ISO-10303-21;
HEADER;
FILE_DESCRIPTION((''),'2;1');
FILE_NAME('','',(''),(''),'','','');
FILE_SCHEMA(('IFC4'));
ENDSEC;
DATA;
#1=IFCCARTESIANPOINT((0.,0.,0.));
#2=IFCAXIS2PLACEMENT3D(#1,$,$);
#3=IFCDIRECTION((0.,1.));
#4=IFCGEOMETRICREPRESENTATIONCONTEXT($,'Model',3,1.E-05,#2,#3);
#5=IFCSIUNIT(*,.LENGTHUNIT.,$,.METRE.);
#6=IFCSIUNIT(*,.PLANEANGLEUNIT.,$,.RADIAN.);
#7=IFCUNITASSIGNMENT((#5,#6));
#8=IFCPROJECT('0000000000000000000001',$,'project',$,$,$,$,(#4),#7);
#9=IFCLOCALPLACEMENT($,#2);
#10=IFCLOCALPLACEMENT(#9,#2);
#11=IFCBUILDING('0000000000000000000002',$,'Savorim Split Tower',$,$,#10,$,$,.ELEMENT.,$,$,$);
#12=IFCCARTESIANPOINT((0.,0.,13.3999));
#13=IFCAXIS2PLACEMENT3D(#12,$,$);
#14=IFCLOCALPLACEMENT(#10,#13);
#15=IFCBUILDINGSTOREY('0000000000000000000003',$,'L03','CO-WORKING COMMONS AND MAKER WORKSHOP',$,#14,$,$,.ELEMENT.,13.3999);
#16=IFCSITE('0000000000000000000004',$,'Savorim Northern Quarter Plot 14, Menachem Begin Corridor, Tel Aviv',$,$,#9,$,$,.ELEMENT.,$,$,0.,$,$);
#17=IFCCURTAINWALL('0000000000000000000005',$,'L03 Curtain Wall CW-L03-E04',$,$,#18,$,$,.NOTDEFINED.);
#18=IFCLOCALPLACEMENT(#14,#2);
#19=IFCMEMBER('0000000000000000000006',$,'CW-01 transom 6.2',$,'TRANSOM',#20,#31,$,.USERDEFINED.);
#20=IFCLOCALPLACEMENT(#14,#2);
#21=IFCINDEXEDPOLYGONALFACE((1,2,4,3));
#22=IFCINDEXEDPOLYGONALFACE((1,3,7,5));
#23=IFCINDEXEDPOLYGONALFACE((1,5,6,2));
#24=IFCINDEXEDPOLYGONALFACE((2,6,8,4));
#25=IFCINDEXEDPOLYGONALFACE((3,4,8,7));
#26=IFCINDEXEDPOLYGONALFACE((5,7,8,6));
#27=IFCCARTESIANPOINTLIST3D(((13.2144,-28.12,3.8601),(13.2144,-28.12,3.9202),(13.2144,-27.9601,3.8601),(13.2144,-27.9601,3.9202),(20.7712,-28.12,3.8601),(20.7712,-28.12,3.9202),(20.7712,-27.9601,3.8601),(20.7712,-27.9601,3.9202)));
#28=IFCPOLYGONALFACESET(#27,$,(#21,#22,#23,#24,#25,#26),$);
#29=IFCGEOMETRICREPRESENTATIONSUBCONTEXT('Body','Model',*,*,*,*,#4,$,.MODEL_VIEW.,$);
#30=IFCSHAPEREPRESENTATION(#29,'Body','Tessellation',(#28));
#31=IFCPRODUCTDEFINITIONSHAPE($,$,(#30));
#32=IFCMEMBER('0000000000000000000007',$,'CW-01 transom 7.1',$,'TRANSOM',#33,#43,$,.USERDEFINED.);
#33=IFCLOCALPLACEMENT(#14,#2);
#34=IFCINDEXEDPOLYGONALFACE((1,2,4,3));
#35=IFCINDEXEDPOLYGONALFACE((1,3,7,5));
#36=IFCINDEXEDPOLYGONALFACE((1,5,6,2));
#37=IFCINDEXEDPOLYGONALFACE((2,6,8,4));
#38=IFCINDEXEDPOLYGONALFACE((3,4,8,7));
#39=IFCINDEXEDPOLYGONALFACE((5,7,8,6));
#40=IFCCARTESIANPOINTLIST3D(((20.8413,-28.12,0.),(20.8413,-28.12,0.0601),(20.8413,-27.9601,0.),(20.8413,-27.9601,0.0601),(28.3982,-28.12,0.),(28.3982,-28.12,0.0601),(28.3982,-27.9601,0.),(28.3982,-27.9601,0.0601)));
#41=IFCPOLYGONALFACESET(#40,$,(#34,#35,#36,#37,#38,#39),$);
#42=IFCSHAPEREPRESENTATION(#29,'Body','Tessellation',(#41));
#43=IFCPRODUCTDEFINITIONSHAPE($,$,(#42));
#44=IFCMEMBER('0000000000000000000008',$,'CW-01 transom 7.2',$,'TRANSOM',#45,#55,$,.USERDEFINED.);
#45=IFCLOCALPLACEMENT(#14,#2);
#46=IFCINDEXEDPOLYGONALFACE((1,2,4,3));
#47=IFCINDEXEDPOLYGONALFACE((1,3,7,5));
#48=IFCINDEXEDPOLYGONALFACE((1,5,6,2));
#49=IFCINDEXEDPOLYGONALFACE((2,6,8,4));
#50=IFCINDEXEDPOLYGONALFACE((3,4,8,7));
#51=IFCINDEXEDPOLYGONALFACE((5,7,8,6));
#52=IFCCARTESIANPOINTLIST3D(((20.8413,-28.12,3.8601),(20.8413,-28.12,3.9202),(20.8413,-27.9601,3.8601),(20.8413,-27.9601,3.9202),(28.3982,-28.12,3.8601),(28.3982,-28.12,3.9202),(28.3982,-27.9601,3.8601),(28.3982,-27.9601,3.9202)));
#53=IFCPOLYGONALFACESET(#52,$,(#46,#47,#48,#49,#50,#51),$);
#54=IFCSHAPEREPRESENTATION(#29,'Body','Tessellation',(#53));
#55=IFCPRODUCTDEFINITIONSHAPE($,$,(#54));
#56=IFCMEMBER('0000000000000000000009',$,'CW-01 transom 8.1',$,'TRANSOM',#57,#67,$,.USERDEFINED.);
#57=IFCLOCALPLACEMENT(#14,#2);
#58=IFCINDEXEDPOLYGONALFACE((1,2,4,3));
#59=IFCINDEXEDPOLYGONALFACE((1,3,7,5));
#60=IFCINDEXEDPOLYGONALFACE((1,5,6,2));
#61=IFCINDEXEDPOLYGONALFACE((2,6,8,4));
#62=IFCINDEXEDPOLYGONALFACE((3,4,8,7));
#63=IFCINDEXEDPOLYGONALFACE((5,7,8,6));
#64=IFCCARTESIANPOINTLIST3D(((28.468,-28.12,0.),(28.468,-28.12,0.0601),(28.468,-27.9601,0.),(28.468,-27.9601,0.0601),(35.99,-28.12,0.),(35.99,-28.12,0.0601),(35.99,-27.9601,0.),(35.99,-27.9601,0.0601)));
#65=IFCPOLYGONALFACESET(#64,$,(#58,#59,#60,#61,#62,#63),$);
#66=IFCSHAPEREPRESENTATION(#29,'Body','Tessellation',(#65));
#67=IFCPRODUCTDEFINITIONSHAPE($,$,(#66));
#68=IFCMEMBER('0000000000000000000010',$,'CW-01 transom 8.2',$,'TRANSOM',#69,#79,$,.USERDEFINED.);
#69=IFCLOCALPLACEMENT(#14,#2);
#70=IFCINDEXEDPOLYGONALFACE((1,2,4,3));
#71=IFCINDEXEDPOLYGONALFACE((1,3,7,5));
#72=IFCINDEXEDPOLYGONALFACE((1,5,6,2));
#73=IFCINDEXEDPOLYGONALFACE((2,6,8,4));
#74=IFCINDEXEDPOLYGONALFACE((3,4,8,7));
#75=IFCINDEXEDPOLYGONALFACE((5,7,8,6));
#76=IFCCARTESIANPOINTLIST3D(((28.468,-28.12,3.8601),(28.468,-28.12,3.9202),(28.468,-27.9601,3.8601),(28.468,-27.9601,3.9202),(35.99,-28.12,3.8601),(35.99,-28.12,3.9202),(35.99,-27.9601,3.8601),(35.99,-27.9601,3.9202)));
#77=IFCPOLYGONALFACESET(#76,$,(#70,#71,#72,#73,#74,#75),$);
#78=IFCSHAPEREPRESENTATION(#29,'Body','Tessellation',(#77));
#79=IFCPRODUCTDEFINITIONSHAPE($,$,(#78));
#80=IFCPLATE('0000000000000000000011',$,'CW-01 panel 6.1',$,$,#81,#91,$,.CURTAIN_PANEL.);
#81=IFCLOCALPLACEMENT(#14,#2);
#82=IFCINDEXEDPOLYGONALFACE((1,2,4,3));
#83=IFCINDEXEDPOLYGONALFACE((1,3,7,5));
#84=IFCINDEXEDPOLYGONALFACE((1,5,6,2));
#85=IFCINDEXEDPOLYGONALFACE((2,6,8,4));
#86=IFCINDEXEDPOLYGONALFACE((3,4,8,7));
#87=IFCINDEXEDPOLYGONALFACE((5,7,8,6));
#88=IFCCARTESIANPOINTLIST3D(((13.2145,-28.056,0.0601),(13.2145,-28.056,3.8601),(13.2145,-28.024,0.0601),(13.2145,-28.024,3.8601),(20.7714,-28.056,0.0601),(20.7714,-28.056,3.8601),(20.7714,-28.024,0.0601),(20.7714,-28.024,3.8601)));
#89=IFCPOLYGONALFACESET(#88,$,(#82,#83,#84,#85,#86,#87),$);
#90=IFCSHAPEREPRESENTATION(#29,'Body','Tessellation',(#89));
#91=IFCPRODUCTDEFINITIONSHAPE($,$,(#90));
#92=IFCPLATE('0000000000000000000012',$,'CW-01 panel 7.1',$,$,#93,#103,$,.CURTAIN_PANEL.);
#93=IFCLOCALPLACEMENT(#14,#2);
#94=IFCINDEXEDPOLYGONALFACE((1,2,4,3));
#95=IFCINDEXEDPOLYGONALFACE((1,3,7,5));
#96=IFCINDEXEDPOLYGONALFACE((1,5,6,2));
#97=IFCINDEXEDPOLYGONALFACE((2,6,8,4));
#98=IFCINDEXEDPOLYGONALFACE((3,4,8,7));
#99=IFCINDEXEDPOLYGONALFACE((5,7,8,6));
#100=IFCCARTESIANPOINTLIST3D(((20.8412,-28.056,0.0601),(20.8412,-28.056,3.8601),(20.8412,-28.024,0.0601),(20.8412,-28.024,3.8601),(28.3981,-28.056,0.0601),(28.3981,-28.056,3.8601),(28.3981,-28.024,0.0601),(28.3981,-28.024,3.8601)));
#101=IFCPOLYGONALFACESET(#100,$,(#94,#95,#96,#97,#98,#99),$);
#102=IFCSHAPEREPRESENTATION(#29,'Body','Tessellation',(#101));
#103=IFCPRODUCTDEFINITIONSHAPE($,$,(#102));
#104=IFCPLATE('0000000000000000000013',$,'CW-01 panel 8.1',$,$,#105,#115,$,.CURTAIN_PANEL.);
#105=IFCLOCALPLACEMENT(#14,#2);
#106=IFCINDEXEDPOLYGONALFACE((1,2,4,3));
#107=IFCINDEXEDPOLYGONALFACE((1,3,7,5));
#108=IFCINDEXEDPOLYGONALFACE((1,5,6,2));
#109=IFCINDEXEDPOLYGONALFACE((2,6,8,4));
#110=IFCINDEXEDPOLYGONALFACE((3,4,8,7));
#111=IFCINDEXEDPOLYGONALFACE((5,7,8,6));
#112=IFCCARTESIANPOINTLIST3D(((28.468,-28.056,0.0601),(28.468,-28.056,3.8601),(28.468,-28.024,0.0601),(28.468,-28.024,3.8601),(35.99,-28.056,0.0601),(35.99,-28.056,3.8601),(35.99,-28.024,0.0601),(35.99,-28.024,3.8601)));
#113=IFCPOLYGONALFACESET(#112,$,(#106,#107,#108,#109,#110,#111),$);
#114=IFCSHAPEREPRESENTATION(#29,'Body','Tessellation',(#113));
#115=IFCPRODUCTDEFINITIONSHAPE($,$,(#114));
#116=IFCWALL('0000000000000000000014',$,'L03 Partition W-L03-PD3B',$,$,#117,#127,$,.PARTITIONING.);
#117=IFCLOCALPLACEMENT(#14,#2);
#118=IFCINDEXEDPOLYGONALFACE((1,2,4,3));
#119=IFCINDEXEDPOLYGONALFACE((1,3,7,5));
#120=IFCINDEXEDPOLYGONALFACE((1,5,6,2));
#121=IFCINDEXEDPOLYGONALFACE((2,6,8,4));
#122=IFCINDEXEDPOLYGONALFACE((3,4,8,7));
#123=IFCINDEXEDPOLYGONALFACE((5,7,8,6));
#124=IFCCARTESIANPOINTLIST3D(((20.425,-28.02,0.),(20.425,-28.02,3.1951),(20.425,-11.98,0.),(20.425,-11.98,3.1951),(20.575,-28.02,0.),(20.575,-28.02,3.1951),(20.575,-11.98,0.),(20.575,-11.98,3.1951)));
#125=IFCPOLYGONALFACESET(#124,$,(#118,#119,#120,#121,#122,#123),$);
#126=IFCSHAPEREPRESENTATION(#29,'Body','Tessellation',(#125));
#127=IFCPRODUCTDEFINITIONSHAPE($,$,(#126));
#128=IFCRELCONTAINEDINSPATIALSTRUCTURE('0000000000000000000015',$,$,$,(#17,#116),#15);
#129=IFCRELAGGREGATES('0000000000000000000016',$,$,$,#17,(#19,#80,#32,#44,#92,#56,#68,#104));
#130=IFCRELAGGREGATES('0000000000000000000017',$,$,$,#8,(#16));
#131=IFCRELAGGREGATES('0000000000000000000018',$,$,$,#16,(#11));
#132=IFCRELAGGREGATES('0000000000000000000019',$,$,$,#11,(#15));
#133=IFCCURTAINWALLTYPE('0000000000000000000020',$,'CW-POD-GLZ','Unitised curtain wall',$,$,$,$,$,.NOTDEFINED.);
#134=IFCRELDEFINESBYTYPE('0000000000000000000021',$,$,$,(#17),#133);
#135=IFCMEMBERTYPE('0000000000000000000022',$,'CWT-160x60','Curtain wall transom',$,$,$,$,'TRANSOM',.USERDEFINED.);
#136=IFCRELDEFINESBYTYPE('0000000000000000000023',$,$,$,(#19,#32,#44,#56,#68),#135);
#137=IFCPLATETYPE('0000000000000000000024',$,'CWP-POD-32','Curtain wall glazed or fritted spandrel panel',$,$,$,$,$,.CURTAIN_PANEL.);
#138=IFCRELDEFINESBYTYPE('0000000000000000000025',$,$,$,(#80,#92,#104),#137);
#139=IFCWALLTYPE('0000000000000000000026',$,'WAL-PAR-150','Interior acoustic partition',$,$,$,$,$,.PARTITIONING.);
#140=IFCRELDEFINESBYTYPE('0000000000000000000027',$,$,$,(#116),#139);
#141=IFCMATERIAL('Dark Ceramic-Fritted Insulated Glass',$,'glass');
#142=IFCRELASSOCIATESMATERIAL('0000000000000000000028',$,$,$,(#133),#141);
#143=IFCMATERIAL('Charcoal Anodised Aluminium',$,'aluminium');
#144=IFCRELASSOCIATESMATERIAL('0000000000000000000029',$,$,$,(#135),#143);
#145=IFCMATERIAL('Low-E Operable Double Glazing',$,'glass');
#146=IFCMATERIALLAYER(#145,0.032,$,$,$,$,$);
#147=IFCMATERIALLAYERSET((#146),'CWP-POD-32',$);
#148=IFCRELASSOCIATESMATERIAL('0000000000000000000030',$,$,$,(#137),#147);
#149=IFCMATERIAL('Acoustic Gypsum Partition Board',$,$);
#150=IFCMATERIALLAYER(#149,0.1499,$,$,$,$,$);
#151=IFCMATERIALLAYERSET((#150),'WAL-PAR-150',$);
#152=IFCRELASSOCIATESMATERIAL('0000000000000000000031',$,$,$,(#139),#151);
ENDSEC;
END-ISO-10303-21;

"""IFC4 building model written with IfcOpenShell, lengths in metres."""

from ifc_helpers import new_model, si_unit, direction, frame, frame_2d, origin, origin_2d, place, context, subcontext, project, spatial, rectangle, extrude, material, layer, layer_set, material_profile, profile_set, type_object, element, aggregate, save


model = new_model("IFC4")

# Units and contexts
model_context = context("Model", 3, precision=1e-05, world=origin(), true_north=direction((0.0, 1.0)))
body_context = subcontext(model_context, "Body", "Model", "MODEL_VIEW")
ifc_project = project(units=[si_unit("LENGTHUNIT", "METRE"), si_unit("PLANEANGLEUNIT", "RADIAN")], contexts=[model_context])

# Site, building, storey
site_placement = place(None, origin())
site = spatial("IfcSite", under=ifc_project, at=site_placement, Name="Savorim Northern Quarter Plot 14, Menachem Begin Corridor, Tel Aviv", CompositionType="ELEMENT", RefElevation=0.0)
building_placement = place(site_placement, origin())
building = spatial("IfcBuilding", under=site, at=building_placement, Name="Savorim Split Tower", CompositionType="ELEMENT")
storey_placement = place(building_placement, frame((0.0, 0.0, 13.3999)))
storey = spatial("IfcBuildingStorey", under=building, at=storey_placement, Name="L03", Description="CO-WORKING COMMONS AND MAKER WORKSHOP", CompositionType="ELEMENT", Elevation=13.3999)

# Curtain wall, members, plates
ifc_material_1 = material(Name="Dark Ceramic-Fritted Insulated Glass", Category="glass")
curtain_wall_type = type_object("IfcCurtainWallType", Name="CW-POD-GLZ", Description="Unitised curtain wall", PredefinedType="NOTDEFINED", material=ifc_material_1)
curtain_wall_placement = place(storey_placement, origin())
curtain_wall = element("IfcCurtainWall", 1, at=curtain_wall_placement, inside=storey, type_object=curtain_wall_type, Name="L03 Curtain Wall CW-L03-E04", PredefinedType="NOTDEFINED")
ifc_material_2 = material(Name="Charcoal Anodised Aluminium", Category="aluminium")
ifc_material_profile_1 = material_profile(ifc_material_2, rectangle(XDim=0.1599, YDim=0.0601, at=origin_2d()), Name="ALU-T 160x60")
ifc_profile_set_1 = profile_set([ifc_material_profile_1], Name="Charcoal Anodised Aluminium")
member_type_1 = type_object("IfcMemberType", Name="CWT-160x60", Description="Curtain wall transom", ElementType="TRANSOM", PredefinedType="USERDEFINED", material=ifc_profile_set_1)
member_1_placement = place(storey_placement, frame((13.2144, -28.04, 3.8901), z_axis=(1.0, 0.0, 0.0), x_axis=(0.0, 1.0, 0.0)))
member_1 = element("IfcMember", 2, at=member_1_placement, type_object=member_type_1, Name="CW-01 transom 6.2", ObjectType="TRANSOM", PredefinedType="USERDEFINED", context=body_context, shape_type="SweptSolid", body=[
    extrude(rectangle(XDim=0.1599, YDim=0.0601, at=origin_2d()), origin(), (0.0, 0.0, 1.0), 7.5569),
])
member_2_placement = place(storey_placement, frame((20.8413, -28.04, 0.03), z_axis=(1.0, 0.0, 0.0), x_axis=(0.0, 1.0, 0.0)))
member_2 = element("IfcMember", 3, at=member_2_placement, type_object=member_type_1, Name="CW-01 transom 7.1", ObjectType="TRANSOM", PredefinedType="USERDEFINED", context=body_context, shape_type="SweptSolid", body=[
    extrude(rectangle(XDim=0.1599, YDim=0.0601, at=origin_2d()), origin(), (0.0, 0.0, 1.0), 7.5569),
])
member_3_placement = place(storey_placement, frame((20.8413, -28.04, 3.8901), z_axis=(1.0, 0.0, 0.0), x_axis=(0.0, 1.0, 0.0)))
member_3 = element("IfcMember", 4, at=member_3_placement, type_object=member_type_1, Name="CW-01 transom 7.2", ObjectType="TRANSOM", PredefinedType="USERDEFINED", context=body_context, shape_type="SweptSolid", body=[
    extrude(rectangle(XDim=0.1599, YDim=0.0601, at=origin_2d()), origin(), (0.0, 0.0, 1.0), 7.5569),
])
member_4_placement = place(storey_placement, frame((28.468, -28.04, 0.03), z_axis=(1.0, 0.0, 0.0), x_axis=(0.0, 1.0, 0.0)))
member_4 = element("IfcMember", 5, at=member_4_placement, type_object=member_type_1, Name="CW-01 transom 8.1", ObjectType="TRANSOM", PredefinedType="USERDEFINED", context=body_context, shape_type="SweptSolid", body=[
    extrude(rectangle(XDim=0.1599, YDim=0.0601, at=origin_2d()), origin(), (0.0, 0.0, 1.0), 7.522),
])
member_5_placement = place(storey_placement, frame((28.468, -28.04, 3.8901), z_axis=(1.0, 0.0, 0.0), x_axis=(0.0, 1.0, 0.0)))
member_5 = element("IfcMember", 6, at=member_5_placement, type_object=member_type_1, Name="CW-01 transom 8.2", ObjectType="TRANSOM", PredefinedType="USERDEFINED", context=body_context, shape_type="SweptSolid", body=[
    extrude(rectangle(XDim=0.1599, YDim=0.0601, at=origin_2d()), origin(), (0.0, 0.0, 1.0), 7.522),
])
ifc_material_3 = material(Name="Low-E Operable Double Glazing", Category="glass")
ifc_layer_1 = layer(ifc_material_3, 0.032)
ifc_layer_set_1 = layer_set([ifc_layer_1], Name="CWP-POD-32")
plate_type = type_object("IfcPlateType", Name="CWP-POD-32", Description="Curtain wall glazed or fritted spandrel panel", PredefinedType="CURTAIN_PANEL", material=ifc_layer_set_1)
plate_1_placement = place(storey_placement, frame((16.9929, -28.04, 0.0601), z_axis=(0.0, 0.0, 1.0), x_axis=(1.0, 0.0, 0.0)))
plate_1 = element("IfcPlate", 7, at=plate_1_placement, type_object=plate_type, Name="CW-01 panel 6.1", PredefinedType="CURTAIN_PANEL", context=body_context, shape_type="SweptSolid", body=[
    extrude(rectangle(XDim=7.5569, YDim=0.032, at=origin_2d()), origin(), (0.0, 0.0, 1.0), 3.8),
])
plate_2_placement = place(storey_placement, frame((24.6196, -28.04, 0.0601), z_axis=(0.0, 0.0, 1.0), x_axis=(1.0, 0.0, 0.0)))
plate_2 = element("IfcPlate", 8, at=plate_2_placement, type_object=plate_type, Name="CW-01 panel 7.1", PredefinedType="CURTAIN_PANEL", context=body_context, shape_type="SweptSolid", body=[
    extrude(rectangle(XDim=7.5569, YDim=0.032, at=origin_2d()), origin(), (0.0, 0.0, 1.0), 3.8),
])
plate_3_placement = place(storey_placement, frame((32.229, -28.04, 0.0601), z_axis=(0.0, 0.0, 1.0), x_axis=(1.0, 0.0, 0.0)))
plate_3 = element("IfcPlate", 9, at=plate_3_placement, type_object=plate_type, Name="CW-01 panel 8.1", PredefinedType="CURTAIN_PANEL", context=body_context, shape_type="SweptSolid", body=[
    extrude(rectangle(XDim=7.522, YDim=0.032, at=origin_2d()), origin(), (0.0, 0.0, 1.0), 3.8),
])
aggregate(curtain_wall, [member_1, plate_1, member_2, member_3, plate_2, member_4, member_5, plate_3])

# Wall
ifc_material_4 = material(Name="Acoustic Gypsum Partition Board")
ifc_layer_2 = layer(ifc_material_4, 0.1499)
ifc_layer_set_2 = layer_set([ifc_layer_2], Name="WAL-PAR-150")
wall_type = type_object("IfcWallType", Name="WAL-PAR-150", Description="Interior acoustic partition", PredefinedType="PARTITIONING", material=ifc_layer_set_2)
wall_placement = place(storey_placement, frame((20.5, -28.02, 0.0), z_axis=(0.0, 0.0, 1.0), x_axis=(0.0, 1.0, 0.0)))
element("IfcWall", 10, at=wall_placement, inside=storey, type_object=wall_type, Name="L03 Partition W-L03-PD3B", PredefinedType="PARTITIONING", context=body_context, shape_type="SweptSolid", body=[
    extrude(rectangle(XDim=16.04, YDim=0.1499, at=frame_2d((8.02, 0.0))), origin(), (0.0, 0.0, 1.0), 3.1951),
])

save(model, "model.ifc")
